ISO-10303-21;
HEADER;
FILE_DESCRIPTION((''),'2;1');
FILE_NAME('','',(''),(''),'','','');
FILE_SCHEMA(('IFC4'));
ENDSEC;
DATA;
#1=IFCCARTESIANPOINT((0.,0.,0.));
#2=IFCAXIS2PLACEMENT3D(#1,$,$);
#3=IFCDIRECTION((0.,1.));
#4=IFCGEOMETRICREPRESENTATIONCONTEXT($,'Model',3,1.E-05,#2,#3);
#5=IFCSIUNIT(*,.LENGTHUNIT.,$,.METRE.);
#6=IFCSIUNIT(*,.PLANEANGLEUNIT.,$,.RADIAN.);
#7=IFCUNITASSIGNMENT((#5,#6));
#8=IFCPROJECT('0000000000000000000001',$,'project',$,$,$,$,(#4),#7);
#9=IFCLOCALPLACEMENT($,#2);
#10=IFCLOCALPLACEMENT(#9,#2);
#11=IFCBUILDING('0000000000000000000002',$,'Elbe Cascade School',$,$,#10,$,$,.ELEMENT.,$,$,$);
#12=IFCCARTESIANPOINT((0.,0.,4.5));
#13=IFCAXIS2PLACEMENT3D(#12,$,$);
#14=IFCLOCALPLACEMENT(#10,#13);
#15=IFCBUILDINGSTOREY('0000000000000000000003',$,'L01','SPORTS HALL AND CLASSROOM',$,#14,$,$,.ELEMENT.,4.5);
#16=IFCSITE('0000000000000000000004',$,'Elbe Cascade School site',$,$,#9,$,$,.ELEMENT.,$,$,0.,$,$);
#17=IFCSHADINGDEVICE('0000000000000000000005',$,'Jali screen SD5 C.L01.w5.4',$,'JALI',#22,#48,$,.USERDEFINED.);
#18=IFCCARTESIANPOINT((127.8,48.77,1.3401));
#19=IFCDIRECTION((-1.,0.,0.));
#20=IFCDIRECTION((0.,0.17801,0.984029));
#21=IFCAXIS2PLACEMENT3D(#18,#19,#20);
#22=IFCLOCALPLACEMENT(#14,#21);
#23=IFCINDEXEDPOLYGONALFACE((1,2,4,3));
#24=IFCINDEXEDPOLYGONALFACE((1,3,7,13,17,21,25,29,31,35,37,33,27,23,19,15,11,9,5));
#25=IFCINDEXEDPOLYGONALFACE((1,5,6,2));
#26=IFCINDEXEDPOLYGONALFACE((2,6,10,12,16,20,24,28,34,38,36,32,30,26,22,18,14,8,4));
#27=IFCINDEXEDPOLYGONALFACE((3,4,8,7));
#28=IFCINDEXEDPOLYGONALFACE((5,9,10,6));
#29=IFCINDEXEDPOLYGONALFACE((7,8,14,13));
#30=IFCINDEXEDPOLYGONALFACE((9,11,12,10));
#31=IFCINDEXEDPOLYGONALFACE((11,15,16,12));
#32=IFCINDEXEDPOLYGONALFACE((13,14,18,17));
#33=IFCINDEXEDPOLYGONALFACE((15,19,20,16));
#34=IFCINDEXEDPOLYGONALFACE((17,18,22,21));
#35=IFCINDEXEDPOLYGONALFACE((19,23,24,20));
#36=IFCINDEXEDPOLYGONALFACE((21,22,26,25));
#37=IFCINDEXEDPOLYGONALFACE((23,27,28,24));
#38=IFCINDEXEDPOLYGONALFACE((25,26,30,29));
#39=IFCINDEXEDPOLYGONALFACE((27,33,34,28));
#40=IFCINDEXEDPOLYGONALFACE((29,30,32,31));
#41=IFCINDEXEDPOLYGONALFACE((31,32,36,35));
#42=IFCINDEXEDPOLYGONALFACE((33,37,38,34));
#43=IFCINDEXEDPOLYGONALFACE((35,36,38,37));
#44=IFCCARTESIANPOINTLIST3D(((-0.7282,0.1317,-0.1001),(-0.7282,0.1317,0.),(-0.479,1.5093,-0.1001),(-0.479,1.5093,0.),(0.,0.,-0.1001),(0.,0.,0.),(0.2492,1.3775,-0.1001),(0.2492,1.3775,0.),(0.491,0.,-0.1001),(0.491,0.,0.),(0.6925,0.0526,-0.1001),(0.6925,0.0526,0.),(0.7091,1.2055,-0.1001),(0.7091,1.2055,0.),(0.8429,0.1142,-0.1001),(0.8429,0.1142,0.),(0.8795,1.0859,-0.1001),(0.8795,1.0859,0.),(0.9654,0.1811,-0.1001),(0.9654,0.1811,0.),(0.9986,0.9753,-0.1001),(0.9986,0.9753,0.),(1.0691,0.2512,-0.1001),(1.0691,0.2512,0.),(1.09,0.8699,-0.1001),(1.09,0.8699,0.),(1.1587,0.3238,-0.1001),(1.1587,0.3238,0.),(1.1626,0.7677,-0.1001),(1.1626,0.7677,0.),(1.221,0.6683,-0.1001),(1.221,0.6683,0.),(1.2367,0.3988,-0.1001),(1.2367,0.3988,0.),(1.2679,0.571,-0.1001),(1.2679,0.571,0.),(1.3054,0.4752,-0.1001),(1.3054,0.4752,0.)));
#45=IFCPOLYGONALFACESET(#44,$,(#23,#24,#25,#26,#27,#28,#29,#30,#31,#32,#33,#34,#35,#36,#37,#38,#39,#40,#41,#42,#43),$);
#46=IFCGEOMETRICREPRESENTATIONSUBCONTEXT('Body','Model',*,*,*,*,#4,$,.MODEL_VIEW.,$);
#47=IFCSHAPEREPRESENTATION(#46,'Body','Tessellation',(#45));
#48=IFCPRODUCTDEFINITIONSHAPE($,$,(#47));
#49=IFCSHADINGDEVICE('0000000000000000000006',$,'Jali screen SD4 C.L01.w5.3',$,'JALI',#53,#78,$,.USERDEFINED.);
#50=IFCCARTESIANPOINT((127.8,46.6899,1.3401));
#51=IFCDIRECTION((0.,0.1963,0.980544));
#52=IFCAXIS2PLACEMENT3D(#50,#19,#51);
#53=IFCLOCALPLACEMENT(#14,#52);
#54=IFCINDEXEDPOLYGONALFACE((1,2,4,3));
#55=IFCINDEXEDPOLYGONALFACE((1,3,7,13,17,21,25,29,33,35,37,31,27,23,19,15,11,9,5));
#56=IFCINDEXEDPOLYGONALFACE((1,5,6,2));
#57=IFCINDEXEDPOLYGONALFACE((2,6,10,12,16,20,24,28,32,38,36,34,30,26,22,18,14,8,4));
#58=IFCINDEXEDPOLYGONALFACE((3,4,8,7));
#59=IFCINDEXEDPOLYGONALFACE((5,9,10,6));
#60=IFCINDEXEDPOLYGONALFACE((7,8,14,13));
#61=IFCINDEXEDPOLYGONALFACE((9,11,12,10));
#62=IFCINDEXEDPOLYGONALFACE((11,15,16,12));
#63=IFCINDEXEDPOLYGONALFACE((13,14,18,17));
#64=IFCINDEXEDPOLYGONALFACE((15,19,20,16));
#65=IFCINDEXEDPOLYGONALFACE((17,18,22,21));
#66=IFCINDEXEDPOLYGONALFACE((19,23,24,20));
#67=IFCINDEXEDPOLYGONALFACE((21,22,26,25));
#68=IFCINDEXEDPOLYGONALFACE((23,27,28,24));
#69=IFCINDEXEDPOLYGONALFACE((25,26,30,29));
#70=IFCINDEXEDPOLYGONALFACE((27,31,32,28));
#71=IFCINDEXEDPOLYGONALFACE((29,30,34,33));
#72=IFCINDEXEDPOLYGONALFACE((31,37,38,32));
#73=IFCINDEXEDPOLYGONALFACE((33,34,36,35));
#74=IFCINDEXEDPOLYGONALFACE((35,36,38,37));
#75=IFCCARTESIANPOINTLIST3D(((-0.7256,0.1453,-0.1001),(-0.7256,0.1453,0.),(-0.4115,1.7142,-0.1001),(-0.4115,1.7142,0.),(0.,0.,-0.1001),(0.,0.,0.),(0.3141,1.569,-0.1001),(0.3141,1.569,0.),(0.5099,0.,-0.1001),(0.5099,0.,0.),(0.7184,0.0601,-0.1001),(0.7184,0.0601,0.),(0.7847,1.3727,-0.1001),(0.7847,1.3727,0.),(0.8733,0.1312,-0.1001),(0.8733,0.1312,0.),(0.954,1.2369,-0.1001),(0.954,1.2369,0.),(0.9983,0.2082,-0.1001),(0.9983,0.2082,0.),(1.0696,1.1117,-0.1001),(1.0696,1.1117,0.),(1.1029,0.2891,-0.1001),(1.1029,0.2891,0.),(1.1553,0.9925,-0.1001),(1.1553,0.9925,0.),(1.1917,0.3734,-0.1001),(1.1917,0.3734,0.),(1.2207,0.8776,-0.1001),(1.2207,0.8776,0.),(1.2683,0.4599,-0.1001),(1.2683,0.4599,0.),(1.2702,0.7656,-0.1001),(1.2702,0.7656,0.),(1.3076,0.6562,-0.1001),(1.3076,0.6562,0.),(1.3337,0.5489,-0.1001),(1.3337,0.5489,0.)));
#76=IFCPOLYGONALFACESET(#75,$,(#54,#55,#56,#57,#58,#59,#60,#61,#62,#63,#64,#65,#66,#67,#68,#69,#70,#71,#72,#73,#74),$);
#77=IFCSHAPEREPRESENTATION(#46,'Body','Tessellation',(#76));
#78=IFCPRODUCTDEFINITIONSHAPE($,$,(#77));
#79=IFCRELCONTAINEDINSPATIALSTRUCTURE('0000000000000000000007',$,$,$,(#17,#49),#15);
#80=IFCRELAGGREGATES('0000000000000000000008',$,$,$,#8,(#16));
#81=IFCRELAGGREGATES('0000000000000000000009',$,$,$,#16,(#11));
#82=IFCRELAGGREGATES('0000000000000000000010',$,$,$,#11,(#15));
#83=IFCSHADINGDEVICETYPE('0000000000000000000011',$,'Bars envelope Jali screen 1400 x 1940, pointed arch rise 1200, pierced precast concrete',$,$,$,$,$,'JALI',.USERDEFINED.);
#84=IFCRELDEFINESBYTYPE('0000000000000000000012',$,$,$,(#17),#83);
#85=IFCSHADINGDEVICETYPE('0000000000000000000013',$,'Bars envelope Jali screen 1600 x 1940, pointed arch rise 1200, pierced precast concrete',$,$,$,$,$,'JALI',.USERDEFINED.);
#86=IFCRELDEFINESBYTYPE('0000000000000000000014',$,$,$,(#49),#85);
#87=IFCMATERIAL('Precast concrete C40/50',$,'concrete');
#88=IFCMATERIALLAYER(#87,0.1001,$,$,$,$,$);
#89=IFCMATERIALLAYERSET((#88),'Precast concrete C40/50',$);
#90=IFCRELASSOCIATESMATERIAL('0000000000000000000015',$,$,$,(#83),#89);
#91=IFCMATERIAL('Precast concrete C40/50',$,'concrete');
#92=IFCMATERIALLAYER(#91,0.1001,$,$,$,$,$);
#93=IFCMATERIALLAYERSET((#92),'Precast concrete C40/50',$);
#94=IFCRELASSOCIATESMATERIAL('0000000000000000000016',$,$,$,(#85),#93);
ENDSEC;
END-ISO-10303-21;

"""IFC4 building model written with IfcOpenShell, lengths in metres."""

from ifc_helpers import new_model, si_unit, direction, frame, origin, place, context, subcontext, project, spatial, polyline, outline, extrude, material, layer, layer_set, type_object, element, save


model = new_model("IFC4")

# Units and contexts
model_context = context("Model", 3, precision=1e-05, world=origin(), true_north=direction((0.0, 1.0)))
body_context = subcontext(model_context, "Body", "Model", "MODEL_VIEW")
ifc_project = project(units=[si_unit("LENGTHUNIT", "METRE"), si_unit("PLANEANGLEUNIT", "RADIAN")], contexts=[model_context])

# Site, building, storey
site_placement = place(None, origin())
site = spatial("IfcSite", under=ifc_project, at=site_placement, Name="Elbe Cascade School site", CompositionType="ELEMENT", RefElevation=0.0)
building_placement = place(site_placement, origin())
building = spatial("IfcBuilding", under=site, at=building_placement, Name="Elbe Cascade School", CompositionType="ELEMENT")
storey_placement = place(building_placement, frame((0.0, 0.0, 4.5)))
storey = spatial("IfcBuildingStorey", under=building, at=storey_placement, Name="L01", Description="SPORTS HALL AND CLASSROOM", CompositionType="ELEMENT", Elevation=4.5)

# Shading devices
ifc_material_1 = material(Name="Precast concrete C40/50", Category="concrete")
ifc_layer_1 = layer(ifc_material_1, 0.1001)
ifc_layer_set_1 = layer_set([ifc_layer_1], Name="Precast concrete C40/50")
shading_device_type_1 = type_object("IfcShadingDeviceType", Name="Bars envelope Jali screen 1400 x 1940, pointed arch rise 1200, pierced precast concrete", ElementType="JALI", PredefinedType="USERDEFINED", material=ifc_layer_set_1)
shading_device_1_placement = place(storey_placement, frame((127.8, 48.77, 1.3401), z_axis=(-1.0, 0.0, 0.0), x_axis=(0.0, 0.17801, 0.984029)))
element("IfcShadingDevice", 1, at=shading_device_1_placement, inside=storey, type_object=shading_device_type_1, Name="Jali screen SD5 C.L01.w5.4", ObjectType="JALI", PredefinedType="USERDEFINED", context=body_context, shape_type="SweptSolid", body=[
    extrude(outline(polyline([(0.0, 0.0), (0.491, 0.0), (0.6925, 0.0526), (0.8429, 0.1142), (0.9654, 0.1811), (1.0691, 0.2512), (1.1587, 0.3238), (1.2367, 0.3988), (1.3054, 0.4752), (1.2679, 0.571), (1.221, 0.6683), (1.1626, 0.7677), (1.09, 0.8699), (0.9986, 0.9753), (0.8795, 1.0859), (0.7091, 1.2055), (0.2492, 1.3775), (-0.479, 1.5093), (-0.7282, 0.1317), (0.0, 0.0)])), origin(), (0.0, 0.0, -1.0), 0.1001),
])
ifc_material_2 = material(Name="Precast concrete C40/50", Category="concrete")
ifc_layer_2 = layer(ifc_material_2, 0.1001)
ifc_layer_set_2 = layer_set([ifc_layer_2], Name="Precast concrete C40/50")
shading_device_type_2 = type_object("IfcShadingDeviceType", Name="Bars envelope Jali screen 1600 x 1940, pointed arch rise 1200, pierced precast concrete", ElementType="JALI", PredefinedType="USERDEFINED", material=ifc_layer_set_2)
shading_device_2_placement = place(storey_placement, frame((127.8, 46.6899, 1.3401), z_axis=(-1.0, 0.0, 0.0), x_axis=(0.0, 0.1963, 0.980544)))
element("IfcShadingDevice", 2, at=shading_device_2_placement, inside=storey, type_object=shading_device_type_2, Name="Jali screen SD4 C.L01.w5.3", ObjectType="JALI", PredefinedType="USERDEFINED", context=body_context, shape_type="SweptSolid", body=[
    extrude(outline(polyline([(0.0, 0.0), (0.5099, 0.0), (0.7184, 0.0601), (0.8733, 0.1312), (0.9983, 0.2082), (1.1029, 0.2891), (1.1917, 0.3734), (1.2683, 0.4599), (1.3337, 0.5489), (1.3076, 0.6562), (1.2702, 0.7656), (1.2207, 0.8776), (1.1553, 0.9925), (1.0696, 1.1117), (0.954, 1.2369), (0.7847, 1.3727), (0.3141, 1.569), (-0.4115, 1.7142), (-0.7256, 0.1453), (0.0, 0.0)])), origin(), (0.0, 0.0, -1.0), 0.1001),
])

save(model, "model.ifc")
